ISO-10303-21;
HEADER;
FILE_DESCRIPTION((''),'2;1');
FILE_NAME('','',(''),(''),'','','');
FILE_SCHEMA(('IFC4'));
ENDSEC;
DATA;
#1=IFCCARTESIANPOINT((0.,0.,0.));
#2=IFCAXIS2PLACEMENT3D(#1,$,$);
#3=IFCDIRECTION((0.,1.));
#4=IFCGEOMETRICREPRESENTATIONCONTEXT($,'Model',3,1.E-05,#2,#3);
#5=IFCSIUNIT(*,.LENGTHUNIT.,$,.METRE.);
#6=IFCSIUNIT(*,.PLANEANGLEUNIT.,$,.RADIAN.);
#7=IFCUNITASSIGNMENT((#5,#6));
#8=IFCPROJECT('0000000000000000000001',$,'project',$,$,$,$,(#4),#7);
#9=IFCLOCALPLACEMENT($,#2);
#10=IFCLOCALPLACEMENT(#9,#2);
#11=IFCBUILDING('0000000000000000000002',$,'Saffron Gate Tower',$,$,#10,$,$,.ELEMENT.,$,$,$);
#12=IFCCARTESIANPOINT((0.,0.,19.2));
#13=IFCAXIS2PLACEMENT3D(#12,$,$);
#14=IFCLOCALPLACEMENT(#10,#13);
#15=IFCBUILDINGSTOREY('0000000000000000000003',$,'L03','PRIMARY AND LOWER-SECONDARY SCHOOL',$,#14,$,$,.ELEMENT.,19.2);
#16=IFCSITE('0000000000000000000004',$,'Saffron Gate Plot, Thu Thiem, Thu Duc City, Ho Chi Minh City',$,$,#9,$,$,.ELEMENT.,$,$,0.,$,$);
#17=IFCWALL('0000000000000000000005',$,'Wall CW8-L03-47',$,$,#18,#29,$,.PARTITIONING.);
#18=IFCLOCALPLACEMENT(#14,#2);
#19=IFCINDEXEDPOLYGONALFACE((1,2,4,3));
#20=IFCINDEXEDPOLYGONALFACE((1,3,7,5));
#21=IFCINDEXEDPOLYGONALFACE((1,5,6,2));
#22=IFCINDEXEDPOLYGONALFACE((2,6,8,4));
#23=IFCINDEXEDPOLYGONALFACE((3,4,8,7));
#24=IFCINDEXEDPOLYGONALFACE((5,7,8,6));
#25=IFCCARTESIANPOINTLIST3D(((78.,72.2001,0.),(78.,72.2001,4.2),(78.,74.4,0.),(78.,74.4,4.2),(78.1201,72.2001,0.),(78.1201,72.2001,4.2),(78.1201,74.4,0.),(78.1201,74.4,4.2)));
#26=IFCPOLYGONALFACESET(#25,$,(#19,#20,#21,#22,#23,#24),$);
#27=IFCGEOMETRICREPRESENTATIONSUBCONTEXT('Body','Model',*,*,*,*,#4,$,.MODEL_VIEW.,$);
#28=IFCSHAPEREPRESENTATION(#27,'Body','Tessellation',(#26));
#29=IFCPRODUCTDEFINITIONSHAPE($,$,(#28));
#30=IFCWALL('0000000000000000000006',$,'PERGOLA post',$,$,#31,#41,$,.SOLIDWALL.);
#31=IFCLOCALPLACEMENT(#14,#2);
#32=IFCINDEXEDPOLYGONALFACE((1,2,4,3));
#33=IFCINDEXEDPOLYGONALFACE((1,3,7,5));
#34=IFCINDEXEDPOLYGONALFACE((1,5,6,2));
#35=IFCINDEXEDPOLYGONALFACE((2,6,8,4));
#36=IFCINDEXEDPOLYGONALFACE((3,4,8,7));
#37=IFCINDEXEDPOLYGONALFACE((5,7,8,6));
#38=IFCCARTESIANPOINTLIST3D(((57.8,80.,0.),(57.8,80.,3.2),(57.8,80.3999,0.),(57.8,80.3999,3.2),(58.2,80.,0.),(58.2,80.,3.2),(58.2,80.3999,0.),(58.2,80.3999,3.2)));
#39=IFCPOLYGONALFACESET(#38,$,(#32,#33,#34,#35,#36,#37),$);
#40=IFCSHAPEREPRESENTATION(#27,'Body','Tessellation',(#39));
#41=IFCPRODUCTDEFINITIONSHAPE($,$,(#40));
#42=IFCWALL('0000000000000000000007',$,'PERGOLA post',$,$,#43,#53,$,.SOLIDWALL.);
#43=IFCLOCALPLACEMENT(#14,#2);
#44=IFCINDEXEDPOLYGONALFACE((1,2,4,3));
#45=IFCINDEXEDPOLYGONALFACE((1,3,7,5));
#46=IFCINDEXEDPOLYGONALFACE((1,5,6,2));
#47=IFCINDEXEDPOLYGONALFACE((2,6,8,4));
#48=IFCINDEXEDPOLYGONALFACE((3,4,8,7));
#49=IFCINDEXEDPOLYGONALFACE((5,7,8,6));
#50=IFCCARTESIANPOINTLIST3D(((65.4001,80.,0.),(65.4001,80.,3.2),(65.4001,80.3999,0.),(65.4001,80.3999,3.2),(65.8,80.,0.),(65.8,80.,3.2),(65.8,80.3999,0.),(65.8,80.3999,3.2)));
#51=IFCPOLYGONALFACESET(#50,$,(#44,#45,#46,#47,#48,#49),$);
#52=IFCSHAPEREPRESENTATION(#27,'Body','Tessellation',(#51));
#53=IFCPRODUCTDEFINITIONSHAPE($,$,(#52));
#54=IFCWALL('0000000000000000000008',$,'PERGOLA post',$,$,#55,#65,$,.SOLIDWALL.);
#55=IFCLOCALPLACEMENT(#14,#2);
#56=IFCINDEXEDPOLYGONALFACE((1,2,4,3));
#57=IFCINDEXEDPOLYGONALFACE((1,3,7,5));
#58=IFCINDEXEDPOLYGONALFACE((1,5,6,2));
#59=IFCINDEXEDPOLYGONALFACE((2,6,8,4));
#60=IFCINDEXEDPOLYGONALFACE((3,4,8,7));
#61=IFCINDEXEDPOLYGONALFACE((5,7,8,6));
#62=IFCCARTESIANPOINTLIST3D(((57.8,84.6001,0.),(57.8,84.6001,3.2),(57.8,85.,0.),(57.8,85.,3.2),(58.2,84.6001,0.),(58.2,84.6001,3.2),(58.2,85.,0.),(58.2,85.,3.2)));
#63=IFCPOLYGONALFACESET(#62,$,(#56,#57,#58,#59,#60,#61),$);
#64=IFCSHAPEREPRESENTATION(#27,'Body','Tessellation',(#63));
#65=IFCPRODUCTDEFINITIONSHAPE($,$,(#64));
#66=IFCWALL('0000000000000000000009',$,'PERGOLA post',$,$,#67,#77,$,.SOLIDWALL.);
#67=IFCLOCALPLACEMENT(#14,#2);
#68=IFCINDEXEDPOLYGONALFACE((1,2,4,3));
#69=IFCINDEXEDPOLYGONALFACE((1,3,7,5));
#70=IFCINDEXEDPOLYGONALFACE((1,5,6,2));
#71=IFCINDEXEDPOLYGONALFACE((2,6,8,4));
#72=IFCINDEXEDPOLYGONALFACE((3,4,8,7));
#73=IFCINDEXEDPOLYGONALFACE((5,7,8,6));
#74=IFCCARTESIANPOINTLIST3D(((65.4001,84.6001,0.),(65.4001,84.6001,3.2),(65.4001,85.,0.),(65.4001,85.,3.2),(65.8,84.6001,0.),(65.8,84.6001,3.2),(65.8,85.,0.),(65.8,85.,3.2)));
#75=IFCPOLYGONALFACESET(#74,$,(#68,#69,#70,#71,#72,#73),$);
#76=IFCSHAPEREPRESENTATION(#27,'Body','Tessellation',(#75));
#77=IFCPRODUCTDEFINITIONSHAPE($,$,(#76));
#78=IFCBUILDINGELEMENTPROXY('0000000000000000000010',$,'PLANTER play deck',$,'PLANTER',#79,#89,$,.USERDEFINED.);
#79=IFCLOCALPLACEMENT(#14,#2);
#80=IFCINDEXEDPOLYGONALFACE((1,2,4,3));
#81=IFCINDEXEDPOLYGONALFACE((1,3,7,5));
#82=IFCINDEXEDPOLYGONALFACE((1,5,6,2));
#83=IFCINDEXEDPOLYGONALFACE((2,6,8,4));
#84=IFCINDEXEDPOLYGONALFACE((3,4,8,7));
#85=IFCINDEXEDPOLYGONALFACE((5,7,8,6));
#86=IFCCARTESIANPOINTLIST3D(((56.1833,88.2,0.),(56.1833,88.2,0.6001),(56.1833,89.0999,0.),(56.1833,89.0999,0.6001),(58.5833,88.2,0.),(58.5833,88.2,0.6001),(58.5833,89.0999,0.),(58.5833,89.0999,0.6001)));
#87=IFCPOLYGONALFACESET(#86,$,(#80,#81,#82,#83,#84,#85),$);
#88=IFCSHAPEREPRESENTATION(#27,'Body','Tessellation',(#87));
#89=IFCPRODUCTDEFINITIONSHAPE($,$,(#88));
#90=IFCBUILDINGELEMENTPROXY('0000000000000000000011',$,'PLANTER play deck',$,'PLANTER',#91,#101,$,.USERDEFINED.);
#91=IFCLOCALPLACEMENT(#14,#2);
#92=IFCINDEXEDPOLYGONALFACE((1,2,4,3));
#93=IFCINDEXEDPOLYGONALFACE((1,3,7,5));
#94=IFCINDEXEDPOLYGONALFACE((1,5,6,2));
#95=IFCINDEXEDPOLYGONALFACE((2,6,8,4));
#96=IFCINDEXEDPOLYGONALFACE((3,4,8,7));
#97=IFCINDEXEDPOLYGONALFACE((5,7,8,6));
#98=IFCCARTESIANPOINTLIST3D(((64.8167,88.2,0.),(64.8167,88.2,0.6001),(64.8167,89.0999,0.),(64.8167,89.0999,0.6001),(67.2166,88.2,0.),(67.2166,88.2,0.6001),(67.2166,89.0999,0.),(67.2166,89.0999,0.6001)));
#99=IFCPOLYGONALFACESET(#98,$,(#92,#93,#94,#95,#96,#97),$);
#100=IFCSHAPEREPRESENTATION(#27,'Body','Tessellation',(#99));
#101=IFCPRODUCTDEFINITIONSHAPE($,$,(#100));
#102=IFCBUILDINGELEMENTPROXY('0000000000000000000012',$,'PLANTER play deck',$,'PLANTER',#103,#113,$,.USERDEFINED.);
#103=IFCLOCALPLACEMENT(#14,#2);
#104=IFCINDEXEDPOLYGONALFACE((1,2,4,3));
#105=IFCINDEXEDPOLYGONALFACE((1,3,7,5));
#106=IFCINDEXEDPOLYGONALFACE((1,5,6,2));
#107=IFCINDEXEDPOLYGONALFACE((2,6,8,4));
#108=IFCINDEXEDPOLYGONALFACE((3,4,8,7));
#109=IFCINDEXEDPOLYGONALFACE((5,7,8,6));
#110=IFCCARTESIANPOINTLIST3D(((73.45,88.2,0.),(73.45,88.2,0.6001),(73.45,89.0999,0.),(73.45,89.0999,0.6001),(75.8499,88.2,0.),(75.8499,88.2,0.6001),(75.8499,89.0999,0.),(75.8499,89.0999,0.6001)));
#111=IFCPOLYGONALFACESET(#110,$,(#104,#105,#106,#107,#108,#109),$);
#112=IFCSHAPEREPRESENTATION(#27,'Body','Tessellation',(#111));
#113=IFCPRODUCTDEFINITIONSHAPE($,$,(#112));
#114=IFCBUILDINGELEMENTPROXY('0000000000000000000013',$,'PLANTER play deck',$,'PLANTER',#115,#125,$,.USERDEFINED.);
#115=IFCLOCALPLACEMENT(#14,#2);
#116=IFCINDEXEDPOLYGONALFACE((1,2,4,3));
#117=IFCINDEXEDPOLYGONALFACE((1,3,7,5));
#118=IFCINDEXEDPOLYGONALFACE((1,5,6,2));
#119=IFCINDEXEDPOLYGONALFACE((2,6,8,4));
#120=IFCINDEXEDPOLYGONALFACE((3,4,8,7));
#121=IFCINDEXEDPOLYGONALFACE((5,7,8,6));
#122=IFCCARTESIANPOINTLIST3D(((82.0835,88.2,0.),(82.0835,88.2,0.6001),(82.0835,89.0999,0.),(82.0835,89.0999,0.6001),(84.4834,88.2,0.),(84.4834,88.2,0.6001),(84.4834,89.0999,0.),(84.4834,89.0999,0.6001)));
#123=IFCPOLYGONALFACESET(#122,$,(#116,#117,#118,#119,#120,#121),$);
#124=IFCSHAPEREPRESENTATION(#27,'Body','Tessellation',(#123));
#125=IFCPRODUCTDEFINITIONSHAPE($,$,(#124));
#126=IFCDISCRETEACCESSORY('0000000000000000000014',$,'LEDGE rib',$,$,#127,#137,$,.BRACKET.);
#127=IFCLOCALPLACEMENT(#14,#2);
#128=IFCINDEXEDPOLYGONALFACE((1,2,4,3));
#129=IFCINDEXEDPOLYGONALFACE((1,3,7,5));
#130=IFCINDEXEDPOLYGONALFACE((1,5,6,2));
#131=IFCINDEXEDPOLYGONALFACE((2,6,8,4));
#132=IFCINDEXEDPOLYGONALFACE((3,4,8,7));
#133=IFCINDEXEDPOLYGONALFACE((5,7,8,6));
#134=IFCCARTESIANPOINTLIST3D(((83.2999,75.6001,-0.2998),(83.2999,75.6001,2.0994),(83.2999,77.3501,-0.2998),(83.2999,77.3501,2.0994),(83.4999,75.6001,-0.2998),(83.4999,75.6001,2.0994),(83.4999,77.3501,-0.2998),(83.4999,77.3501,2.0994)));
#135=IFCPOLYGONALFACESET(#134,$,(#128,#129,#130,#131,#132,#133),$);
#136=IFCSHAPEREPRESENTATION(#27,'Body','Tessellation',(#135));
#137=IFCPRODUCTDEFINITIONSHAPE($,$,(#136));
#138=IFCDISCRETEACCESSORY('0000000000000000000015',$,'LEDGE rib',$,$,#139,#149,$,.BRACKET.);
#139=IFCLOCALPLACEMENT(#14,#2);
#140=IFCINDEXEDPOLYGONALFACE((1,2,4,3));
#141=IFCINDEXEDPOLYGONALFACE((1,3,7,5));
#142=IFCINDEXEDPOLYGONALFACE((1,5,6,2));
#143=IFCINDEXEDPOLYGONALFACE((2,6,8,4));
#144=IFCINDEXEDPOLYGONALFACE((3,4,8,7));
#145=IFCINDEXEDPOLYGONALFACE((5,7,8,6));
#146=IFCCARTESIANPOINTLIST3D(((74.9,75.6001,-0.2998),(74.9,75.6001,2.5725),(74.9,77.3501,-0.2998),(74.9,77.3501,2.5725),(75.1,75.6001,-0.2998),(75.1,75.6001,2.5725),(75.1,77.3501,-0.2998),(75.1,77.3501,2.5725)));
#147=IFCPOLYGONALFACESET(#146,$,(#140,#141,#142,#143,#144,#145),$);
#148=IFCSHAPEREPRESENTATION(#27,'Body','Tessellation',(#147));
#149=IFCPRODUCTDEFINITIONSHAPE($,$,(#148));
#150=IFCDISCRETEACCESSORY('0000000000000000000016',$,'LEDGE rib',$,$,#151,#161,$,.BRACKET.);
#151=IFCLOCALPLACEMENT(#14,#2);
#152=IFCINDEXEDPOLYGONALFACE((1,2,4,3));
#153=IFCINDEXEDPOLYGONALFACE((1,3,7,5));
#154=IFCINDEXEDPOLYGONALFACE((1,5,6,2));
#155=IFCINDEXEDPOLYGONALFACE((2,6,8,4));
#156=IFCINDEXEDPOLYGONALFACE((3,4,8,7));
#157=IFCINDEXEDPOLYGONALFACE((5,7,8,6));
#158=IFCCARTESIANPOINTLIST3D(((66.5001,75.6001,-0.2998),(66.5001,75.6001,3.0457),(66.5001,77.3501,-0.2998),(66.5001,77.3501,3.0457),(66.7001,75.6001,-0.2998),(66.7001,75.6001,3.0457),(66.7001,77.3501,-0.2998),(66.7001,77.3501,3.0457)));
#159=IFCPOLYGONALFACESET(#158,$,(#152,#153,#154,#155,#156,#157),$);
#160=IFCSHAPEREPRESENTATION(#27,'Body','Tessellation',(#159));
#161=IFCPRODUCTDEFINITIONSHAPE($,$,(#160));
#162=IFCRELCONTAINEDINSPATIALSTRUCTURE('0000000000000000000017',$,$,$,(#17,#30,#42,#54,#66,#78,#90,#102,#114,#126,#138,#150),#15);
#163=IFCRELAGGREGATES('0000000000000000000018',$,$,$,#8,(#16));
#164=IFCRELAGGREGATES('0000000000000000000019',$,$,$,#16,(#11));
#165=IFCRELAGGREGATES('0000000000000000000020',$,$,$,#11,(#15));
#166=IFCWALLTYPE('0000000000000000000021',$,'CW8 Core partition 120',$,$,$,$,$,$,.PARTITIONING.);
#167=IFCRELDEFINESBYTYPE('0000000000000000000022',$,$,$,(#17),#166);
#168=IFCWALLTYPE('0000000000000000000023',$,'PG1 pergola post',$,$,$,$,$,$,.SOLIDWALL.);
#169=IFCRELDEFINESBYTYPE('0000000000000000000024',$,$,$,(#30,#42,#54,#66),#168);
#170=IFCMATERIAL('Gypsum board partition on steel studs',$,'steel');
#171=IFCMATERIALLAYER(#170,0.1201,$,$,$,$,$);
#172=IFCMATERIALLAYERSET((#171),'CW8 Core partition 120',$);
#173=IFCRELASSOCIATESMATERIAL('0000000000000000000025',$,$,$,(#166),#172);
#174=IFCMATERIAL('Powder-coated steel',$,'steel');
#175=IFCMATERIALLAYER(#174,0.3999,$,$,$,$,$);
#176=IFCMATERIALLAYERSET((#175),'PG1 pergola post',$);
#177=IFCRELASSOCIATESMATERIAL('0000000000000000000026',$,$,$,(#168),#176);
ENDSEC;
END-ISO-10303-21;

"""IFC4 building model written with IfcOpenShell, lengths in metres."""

from ifc_helpers import new_model, si_unit, direction, frame, frame_2d, origin, origin_2d, place, context, subcontext, project, spatial, rectangle, extrude, material, layer, layer_set, type_object, element, save


model = new_model("IFC4")

# Units and contexts
model_context = context("Model", 3, precision=1e-05, world=origin(), true_north=direction((0.0, 1.0)))
body_context = subcontext(model_context, "Body", "Model", "MODEL_VIEW")
ifc_project = project(units=[si_unit("LENGTHUNIT", "METRE"), si_unit("PLANEANGLEUNIT", "RADIAN")], contexts=[model_context])

# Site, building, storey
site_placement = place(None, origin())
site = spatial("IfcSite", under=ifc_project, at=site_placement, Name="Saffron Gate Plot, Thu Thiem, Thu Duc City, Ho Chi Minh City", CompositionType="ELEMENT", RefElevation=0.0)
building_placement = place(site_placement, origin())
building = spatial("IfcBuilding", under=site, at=building_placement, Name="Saffron Gate Tower", CompositionType="ELEMENT")
storey_placement = place(building_placement, frame((0.0, 0.0, 19.2)))
storey = spatial("IfcBuildingStorey", under=building, at=storey_placement, Name="L03", Description="PRIMARY AND LOWER-SECONDARY SCHOOL", CompositionType="ELEMENT", Elevation=19.2)

# Walls
ifc_material_1 = material(Name="Gypsum board partition on steel studs", Category="steel")
ifc_layer_1 = layer(ifc_material_1, 0.1201)
ifc_layer_set_1 = layer_set([ifc_layer_1], Name="CW8 Core partition 120")
wall_type_1 = type_object("IfcWallType", Name="CW8 Core partition 120", PredefinedType="PARTITIONING", material=ifc_layer_set_1)
wall_1_placement = place(storey_placement, frame((78.0601, 72.2, 0.0), z_axis=(0.0, 0.0, 1.0), x_axis=(0.0, 1.0, 0.0)))
element("IfcWall", 1, at=wall_1_placement, inside=storey, type_object=wall_type_1, Name="Wall CW8-L03-47", PredefinedType="PARTITIONING", context=body_context, shape_type="SweptSolid", body=[
    extrude(rectangle(XDim=2.2, YDim=0.1201, at=frame_2d((1.1001, 0.0))), origin(), (0.0, 0.0, 1.0), 4.2),
])
ifc_material_2 = material(Name="Powder-coated steel", Category="steel")
ifc_layer_2 = layer(ifc_material_2, 0.3999)
ifc_layer_set_2 = layer_set([ifc_layer_2], Name="PG1 pergola post")
wall_type_2 = type_object("IfcWallType", Name="PG1 pergola post", PredefinedType="SOLIDWALL", material=ifc_layer_set_2)
for number, where, z_axis, x_axis, name in (
    (2, (58.0, 80.0, 0.0), (0.0, 0.0, 1.0), (0.0, 1.0, 0.0), "PERGOLA post"),
    (3, (65.6001, 80.0, 0.0), (0.0, 0.0, 1.0), (0.0, 1.0, 0.0), "PERGOLA post"),
    (4, (58.0, 84.6001, 0.0), (0.0, 0.0, 1.0), (0.0, 1.0, 0.0), "PERGOLA post"),
    (5, (65.6001, 84.6001, 0.0), (0.0, 0.0, 1.0), (0.0, 1.0, 0.0), "PERGOLA post"),
):
    element("IfcWall", number, at=place(storey_placement, frame(where, z_axis=z_axis, x_axis=x_axis)), inside=storey, type_object=wall_type_2, Name=name, PredefinedType="SOLIDWALL", context=body_context, shape_type="SweptSolid", body=[
        extrude(rectangle(XDim=0.3999, YDim=0.3999, at=frame_2d((0.2, 0.0))), origin(), (0.0, 0.0, 1.0), 3.2),
    ])

# Building element proxies
for number, where, z_axis, x_axis, name in (
    (6, (57.3833, 88.6499, 0.0), (0.0, 0.0, 1.0), (1.0, 0.0, 0.0), "PLANTER play deck"),
    (7, (66.0166, 88.6499, 0.0), (0.0, 0.0, 1.0), (1.0, 0.0, 0.0), "PLANTER play deck"),
    (8, (74.6499, 88.6499, 0.0), (0.0, 0.0, 1.0), (1.0, 0.0, 0.0), "PLANTER play deck"),
    (9, (83.2834, 88.6499, 0.0), (0.0, 0.0, 1.0), (1.0, 0.0, 0.0), "PLANTER play deck"),
):
    element("IfcBuildingElementProxy", number, at=place(storey_placement, frame(where, z_axis=z_axis, x_axis=x_axis)), inside=storey, Name=name, ObjectType="PLANTER", PredefinedType="USERDEFINED", context=body_context, shape_type="SweptSolid", body=[
        extrude(rectangle(XDim=2.3999, YDim=0.8999, at=origin_2d()), origin(), (0.0, 0.0, 1.0), 0.6001),
    ])

# Discrete accessories
discrete_accessory_1_placement = place(storey_placement, frame((83.3999, 76.4751, -0.2998), z_axis=(0.0, 0.0, 1.0), x_axis=(-1.0, 0.0, 0.0)))
element("IfcDiscreteAccessory", 10, at=discrete_accessory_1_placement, inside=storey, Name="LEDGE rib", PredefinedType="BRACKET", context=body_context, shape_type="SweptSolid", body=[
    extrude(rectangle(XDim=0.2, YDim=1.75, at=origin_2d()), origin(), (0.0, 0.0, 1.0), 2.3992),
])
discrete_accessory_2_placement = place(storey_placement, frame((75.0, 76.4751, -0.2998), z_axis=(0.0, 0.0, 1.0), x_axis=(-1.0, 0.0, 0.0)))
element("IfcDiscreteAccessory", 11, at=discrete_accessory_2_placement, inside=storey, Name="LEDGE rib", PredefinedType="BRACKET", context=body_context, shape_type="SweptSolid", body=[
    extrude(rectangle(XDim=0.2, YDim=1.75, at=origin_2d()), origin(), (0.0, 0.0, 1.0), 2.8723),
])
discrete_accessory_3_placement = place(storey_placement, frame((66.6001, 76.4751, -0.2998), z_axis=(0.0, 0.0, 1.0), x_axis=(-1.0, 0.0, 0.0)))
element("IfcDiscreteAccessory", 12, at=discrete_accessory_3_placement, inside=storey, Name="LEDGE rib", PredefinedType="BRACKET", context=body_context, shape_type="SweptSolid", body=[
    extrude(rectangle(XDim=0.2, YDim=1.75, at=origin_2d()), origin(), (0.0, 0.0, 1.0), 3.3455),
])

save(model, "model.ifc")
